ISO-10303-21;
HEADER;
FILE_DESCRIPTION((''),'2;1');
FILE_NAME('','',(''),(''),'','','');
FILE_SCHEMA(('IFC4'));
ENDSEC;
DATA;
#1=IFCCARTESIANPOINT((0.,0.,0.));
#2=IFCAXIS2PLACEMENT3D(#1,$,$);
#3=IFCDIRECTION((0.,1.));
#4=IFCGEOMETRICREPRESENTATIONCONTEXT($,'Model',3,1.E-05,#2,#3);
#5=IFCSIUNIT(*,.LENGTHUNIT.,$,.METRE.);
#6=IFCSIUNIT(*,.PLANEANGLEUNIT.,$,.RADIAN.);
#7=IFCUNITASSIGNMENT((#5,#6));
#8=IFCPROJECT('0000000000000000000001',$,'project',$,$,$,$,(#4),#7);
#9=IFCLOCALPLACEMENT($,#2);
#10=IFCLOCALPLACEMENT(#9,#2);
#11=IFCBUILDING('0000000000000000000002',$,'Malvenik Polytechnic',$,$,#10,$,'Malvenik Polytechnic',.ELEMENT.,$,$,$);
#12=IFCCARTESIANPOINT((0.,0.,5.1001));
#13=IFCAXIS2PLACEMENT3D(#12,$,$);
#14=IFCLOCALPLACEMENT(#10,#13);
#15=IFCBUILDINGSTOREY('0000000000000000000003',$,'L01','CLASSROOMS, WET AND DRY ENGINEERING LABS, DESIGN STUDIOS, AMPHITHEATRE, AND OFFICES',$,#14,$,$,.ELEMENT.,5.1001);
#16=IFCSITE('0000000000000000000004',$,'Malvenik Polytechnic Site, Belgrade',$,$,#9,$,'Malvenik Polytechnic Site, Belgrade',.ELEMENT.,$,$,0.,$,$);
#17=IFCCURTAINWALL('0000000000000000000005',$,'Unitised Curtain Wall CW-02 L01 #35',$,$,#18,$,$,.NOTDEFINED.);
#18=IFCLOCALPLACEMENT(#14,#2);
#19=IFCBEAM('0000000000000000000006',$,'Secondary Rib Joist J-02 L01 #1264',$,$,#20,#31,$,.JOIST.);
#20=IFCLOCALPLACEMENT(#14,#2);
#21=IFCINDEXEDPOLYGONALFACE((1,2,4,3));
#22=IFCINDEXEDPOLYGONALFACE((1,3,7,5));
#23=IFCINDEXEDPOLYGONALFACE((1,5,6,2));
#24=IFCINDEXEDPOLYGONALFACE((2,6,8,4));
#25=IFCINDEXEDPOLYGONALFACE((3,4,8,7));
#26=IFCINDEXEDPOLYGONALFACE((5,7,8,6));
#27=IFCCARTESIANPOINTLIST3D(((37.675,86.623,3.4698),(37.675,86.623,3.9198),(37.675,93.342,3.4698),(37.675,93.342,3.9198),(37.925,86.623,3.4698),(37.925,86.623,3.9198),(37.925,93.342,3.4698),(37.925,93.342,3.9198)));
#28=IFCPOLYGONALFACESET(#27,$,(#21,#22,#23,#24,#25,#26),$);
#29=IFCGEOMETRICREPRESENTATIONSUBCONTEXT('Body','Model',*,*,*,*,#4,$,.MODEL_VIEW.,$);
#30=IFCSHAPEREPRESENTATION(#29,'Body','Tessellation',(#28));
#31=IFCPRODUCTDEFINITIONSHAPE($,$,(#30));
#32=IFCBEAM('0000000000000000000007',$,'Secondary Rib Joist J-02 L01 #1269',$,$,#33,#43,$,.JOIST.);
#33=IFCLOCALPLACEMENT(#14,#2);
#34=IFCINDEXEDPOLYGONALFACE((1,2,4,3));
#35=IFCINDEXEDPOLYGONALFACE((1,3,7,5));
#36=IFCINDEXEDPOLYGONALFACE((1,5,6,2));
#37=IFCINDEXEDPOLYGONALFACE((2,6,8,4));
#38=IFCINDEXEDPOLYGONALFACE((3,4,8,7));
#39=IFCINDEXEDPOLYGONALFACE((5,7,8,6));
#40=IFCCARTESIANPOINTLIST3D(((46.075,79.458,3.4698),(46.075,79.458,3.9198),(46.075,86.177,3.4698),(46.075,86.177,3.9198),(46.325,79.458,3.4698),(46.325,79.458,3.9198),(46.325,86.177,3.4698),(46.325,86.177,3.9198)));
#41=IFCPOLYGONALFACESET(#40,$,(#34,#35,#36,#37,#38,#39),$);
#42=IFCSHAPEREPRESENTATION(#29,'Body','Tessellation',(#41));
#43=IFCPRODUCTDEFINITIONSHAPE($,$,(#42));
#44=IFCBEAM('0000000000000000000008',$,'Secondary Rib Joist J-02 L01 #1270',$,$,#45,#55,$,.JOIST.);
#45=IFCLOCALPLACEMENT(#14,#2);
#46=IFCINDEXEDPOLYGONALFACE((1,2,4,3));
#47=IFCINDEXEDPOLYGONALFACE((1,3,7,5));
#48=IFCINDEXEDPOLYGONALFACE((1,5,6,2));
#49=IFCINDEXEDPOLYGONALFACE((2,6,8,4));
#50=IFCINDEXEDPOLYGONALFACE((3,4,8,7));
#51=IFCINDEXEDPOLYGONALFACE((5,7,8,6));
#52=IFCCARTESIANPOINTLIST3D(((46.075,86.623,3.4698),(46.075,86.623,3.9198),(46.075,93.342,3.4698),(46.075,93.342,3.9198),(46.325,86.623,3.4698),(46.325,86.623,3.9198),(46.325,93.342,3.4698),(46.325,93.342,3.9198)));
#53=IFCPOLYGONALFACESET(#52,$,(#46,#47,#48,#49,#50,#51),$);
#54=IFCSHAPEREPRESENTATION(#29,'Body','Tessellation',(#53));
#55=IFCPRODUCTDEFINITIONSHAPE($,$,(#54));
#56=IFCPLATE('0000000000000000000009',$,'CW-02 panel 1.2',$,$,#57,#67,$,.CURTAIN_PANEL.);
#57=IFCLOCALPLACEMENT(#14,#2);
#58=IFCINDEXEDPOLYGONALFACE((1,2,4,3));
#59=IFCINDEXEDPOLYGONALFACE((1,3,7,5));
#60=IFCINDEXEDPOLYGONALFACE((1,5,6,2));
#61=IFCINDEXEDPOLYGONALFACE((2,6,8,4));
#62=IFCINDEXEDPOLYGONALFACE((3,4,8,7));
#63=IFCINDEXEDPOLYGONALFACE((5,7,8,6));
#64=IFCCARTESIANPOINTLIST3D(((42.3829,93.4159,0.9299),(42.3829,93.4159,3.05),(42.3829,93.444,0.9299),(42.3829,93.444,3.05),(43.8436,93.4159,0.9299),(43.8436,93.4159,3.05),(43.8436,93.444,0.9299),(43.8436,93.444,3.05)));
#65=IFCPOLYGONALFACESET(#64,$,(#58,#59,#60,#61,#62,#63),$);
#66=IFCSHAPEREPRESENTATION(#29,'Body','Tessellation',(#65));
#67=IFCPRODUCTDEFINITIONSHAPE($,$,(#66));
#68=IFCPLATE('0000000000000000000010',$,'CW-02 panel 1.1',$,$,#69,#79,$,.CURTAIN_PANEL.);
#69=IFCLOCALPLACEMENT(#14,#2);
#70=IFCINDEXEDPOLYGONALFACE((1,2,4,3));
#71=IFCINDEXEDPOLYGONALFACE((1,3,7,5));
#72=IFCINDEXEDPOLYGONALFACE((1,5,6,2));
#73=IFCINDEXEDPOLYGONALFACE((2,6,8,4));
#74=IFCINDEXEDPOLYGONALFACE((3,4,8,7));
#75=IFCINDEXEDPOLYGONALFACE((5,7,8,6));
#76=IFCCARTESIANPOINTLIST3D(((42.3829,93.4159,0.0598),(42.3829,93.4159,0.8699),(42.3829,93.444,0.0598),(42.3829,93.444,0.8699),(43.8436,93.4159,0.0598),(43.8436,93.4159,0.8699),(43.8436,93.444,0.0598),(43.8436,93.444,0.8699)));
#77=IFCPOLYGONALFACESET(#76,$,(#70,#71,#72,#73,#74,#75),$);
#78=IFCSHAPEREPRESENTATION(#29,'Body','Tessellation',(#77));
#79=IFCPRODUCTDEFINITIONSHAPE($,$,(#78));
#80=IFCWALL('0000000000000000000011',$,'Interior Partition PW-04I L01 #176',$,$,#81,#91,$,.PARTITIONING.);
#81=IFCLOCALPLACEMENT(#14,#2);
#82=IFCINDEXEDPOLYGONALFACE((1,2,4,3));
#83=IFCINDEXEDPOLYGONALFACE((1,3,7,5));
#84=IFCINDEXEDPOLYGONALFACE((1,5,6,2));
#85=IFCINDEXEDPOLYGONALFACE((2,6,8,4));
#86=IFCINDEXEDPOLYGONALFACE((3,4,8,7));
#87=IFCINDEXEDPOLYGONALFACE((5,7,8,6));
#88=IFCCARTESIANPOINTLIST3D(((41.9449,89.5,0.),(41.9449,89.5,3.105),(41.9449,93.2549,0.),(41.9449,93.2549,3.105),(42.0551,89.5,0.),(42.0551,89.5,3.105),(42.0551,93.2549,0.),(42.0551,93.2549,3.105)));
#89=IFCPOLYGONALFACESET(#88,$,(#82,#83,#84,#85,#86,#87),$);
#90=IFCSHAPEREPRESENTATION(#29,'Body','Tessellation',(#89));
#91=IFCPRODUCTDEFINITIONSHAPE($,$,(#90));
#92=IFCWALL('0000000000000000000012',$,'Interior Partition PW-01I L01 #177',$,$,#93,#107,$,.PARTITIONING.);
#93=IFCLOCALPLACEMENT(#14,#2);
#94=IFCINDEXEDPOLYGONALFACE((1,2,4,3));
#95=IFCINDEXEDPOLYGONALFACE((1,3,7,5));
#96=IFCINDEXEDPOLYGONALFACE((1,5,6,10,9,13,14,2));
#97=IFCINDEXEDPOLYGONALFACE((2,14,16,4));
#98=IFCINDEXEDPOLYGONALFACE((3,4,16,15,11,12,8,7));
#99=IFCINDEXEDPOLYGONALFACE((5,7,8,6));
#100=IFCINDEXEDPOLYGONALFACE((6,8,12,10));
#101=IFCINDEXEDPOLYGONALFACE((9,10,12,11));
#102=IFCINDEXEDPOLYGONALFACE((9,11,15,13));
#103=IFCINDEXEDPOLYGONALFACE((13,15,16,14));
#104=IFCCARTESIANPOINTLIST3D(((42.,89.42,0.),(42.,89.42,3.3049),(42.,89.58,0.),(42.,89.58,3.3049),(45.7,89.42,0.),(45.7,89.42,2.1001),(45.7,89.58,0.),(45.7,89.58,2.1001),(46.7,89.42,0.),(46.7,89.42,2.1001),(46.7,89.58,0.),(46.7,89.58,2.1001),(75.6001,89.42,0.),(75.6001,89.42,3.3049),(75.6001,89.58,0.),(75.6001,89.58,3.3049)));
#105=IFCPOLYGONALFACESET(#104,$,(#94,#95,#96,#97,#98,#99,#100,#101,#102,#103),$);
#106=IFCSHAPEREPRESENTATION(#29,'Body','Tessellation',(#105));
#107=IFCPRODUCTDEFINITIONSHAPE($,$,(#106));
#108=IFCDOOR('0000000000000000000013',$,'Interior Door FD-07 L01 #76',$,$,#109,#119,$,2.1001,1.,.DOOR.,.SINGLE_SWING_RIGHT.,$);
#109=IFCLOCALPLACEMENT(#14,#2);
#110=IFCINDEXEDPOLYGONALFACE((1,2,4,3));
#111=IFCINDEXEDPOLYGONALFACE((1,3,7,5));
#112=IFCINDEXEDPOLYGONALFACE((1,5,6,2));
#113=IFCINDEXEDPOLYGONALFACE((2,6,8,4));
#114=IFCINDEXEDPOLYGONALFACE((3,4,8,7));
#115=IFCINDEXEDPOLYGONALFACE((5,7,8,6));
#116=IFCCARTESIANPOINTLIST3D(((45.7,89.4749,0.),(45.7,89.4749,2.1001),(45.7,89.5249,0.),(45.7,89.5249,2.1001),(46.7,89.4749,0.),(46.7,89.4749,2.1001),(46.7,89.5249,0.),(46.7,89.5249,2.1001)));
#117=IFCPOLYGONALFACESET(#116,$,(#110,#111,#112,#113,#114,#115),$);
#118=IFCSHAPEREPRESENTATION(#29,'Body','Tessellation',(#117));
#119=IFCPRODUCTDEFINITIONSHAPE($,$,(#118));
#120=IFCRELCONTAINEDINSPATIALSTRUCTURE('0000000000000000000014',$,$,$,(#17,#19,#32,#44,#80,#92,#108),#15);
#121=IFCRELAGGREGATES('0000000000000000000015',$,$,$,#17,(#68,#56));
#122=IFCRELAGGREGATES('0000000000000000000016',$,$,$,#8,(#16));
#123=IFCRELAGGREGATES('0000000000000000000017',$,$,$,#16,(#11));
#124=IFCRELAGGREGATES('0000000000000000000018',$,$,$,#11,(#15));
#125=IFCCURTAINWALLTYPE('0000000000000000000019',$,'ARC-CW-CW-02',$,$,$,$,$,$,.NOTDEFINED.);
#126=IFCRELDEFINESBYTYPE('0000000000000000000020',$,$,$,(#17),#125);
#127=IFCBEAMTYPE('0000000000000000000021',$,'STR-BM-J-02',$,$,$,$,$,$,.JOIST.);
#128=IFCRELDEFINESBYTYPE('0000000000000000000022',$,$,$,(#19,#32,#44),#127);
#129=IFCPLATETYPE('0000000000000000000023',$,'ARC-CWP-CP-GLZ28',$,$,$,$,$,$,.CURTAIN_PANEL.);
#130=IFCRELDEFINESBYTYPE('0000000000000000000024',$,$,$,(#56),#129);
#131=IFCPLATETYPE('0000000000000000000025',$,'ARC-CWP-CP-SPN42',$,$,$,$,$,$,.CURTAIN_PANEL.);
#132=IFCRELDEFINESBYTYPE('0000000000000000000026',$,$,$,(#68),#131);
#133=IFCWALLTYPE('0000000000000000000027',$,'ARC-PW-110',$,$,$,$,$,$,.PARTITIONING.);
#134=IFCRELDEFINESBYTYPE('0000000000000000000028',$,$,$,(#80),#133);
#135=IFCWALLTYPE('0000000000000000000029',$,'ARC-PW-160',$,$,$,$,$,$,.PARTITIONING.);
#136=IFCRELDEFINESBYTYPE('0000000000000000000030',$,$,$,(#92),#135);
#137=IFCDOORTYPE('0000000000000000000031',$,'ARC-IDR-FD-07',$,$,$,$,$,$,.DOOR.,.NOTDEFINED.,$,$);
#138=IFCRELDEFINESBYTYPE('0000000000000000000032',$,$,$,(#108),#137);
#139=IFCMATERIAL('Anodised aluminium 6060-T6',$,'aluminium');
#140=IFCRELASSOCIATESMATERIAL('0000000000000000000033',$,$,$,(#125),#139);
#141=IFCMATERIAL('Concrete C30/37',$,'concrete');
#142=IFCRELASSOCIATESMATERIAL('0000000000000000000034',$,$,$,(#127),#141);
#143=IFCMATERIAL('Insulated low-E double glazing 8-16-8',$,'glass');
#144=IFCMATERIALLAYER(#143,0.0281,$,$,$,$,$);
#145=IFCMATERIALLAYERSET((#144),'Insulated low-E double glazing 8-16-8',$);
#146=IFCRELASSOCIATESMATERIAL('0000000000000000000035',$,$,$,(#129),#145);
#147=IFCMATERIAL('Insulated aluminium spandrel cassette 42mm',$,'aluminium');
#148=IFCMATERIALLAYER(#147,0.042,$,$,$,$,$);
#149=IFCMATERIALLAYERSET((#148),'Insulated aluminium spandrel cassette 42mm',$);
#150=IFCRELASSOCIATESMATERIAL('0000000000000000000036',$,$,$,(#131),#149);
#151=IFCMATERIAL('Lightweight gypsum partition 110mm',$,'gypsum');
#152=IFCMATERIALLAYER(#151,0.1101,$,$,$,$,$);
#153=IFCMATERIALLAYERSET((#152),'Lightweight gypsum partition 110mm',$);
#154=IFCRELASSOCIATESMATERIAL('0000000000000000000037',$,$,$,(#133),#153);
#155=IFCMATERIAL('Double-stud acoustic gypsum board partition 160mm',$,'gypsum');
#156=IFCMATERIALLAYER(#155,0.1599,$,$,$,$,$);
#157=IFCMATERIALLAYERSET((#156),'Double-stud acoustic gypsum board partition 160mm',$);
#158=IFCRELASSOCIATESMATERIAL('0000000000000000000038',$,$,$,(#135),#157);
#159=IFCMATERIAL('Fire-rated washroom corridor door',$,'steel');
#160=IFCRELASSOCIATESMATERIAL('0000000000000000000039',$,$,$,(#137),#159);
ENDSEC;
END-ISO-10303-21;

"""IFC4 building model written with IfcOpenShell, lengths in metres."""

from ifc_helpers import new_model, si_unit, direction, frame, frame_2d, origin, origin_2d, place, context, subcontext, project, spatial, rectangle, extrude, material, layer, layer_set, material_profile, profile_set, type_object, element, fill, aggregate, save


model = new_model("IFC4")

# Units and contexts
model_context = context("Model", 3, precision=1e-05, world=origin(), true_north=direction((0.0, 1.0)))
body_context = subcontext(model_context, "Body", "Model", "MODEL_VIEW")
ifc_project = project(units=[si_unit("LENGTHUNIT", "METRE"), si_unit("PLANEANGLEUNIT", "RADIAN")], contexts=[model_context])

# Site, building, storey
site_placement = place(None, origin())
site = spatial("IfcSite", under=ifc_project, at=site_placement, Name="Malvenik Polytechnic Site, Belgrade", LongName="Malvenik Polytechnic Site, Belgrade", CompositionType="ELEMENT", RefElevation=0.0)
building_placement = place(site_placement, origin())
building = spatial("IfcBuilding", under=site, at=building_placement, Name="Malvenik Polytechnic", LongName="Malvenik Polytechnic", CompositionType="ELEMENT")
storey_placement = place(building_placement, frame((0.0, 0.0, 5.1001)))
storey = spatial("IfcBuildingStorey", under=building, at=storey_placement, Name="L01", Description="CLASSROOMS, WET AND DRY ENGINEERING LABS, DESIGN STUDIOS, AMPHITHEATRE, AND OFFICES", CompositionType="ELEMENT", Elevation=5.1001)

# Curtain wall
ifc_material_1 = material(Name="Anodised aluminium 6060-T6", Category="aluminium")
curtain_wall_type = type_object("IfcCurtainWallType", Name="ARC-CW-CW-02", PredefinedType="NOTDEFINED", material=ifc_material_1)
curtain_wall_1_placement = place(storey_placement, origin())
curtain_wall_1 = element("IfcCurtainWall", 1, at=curtain_wall_1_placement, inside=storey, type_object=curtain_wall_type, Name="Unitised Curtain Wall CW-02 L01 #35", PredefinedType="NOTDEFINED")

# Beams
ifc_material_2 = material(Name="Concrete C30/37", Category="concrete")
ifc_material_profile_1 = material_profile(ifc_material_2, rectangle(XDim=0.25, YDim=0.45, at=origin_2d()), Name="RC JST 250x450")
ifc_profile_set_1 = profile_set([ifc_material_profile_1], Name="Concrete C30/37")
beam_type_1 = type_object("IfcBeamType", Name="STR-BM-J-02", PredefinedType="JOIST", material=ifc_profile_set_1)
for number, where, z_axis, x_axis, name in (
    (2, (37.8, 86.623, 3.6948), (0.0, 1.0, 0.0), (-1.0, 0.0, 0.0), "Secondary Rib Joist J-02 L01 #1264"),
    (3, (46.2, 79.458, 3.6948), (0.0, 1.0, 0.0), (-1.0, 0.0, 0.0), "Secondary Rib Joist J-02 L01 #1269"),
    (4, (46.2, 86.623, 3.6948), (0.0, 1.0, 0.0), (-1.0, 0.0, 0.0), "Secondary Rib Joist J-02 L01 #1270"),
):
    element("IfcBeam", number, at=place(storey_placement, frame(where, z_axis=z_axis, x_axis=x_axis)), inside=storey, type_object=beam_type_1, Name=name, PredefinedType="JOIST", context=body_context, shape_type="SweptSolid", body=[
        extrude(rectangle(XDim=0.25, YDim=0.45, at=origin_2d()), origin(), (0.0, 0.0, 1.0), 6.719),
    ])

# Plates
ifc_material_3 = material(Name="Insulated low-E double glazing 8-16-8", Category="glass")
ifc_layer_1 = layer(ifc_material_3, 0.0281)
ifc_layer_set_1 = layer_set([ifc_layer_1], Name="Insulated low-E double glazing 8-16-8")
plate_type_1 = type_object("IfcPlateType", Name="ARC-CWP-CP-GLZ28", PredefinedType="CURTAIN_PANEL", material=ifc_layer_set_1)
plate_1_placement = place(storey_placement, frame((43.1133, 93.4299, 0.9299), z_axis=(0.0, 0.0, 1.0), x_axis=(1.0, 0.0, 0.0)))
plate_1 = element("IfcPlate", 5, at=plate_1_placement, type_object=plate_type_1, Name="CW-02 panel 1.2", PredefinedType="CURTAIN_PANEL", context=body_context, shape_type="SweptSolid", body=[
    extrude(rectangle(XDim=1.4607, YDim=0.0281, at=origin_2d()), origin(), (0.0, 0.0, 1.0), 2.1201),
])
ifc_material_4 = material(Name="Insulated aluminium spandrel cassette 42mm", Category="aluminium")
ifc_layer_2 = layer(ifc_material_4, 0.042)
ifc_layer_set_2 = layer_set([ifc_layer_2], Name="Insulated aluminium spandrel cassette 42mm")
plate_type_2 = type_object("IfcPlateType", Name="ARC-CWP-CP-SPN42", PredefinedType="CURTAIN_PANEL", material=ifc_layer_set_2)
plate_2_placement = place(storey_placement, frame((43.1133, 93.4299, 0.0598), z_axis=(0.0, 0.0, 1.0), x_axis=(1.0, 0.0, 0.0)))
plate_2 = element("IfcPlate", 6, at=plate_2_placement, type_object=plate_type_2, Name="CW-02 panel 1.1", PredefinedType="CURTAIN_PANEL", context=body_context, shape_type="SweptSolid", body=[
    extrude(rectangle(XDim=1.4607, YDim=0.0281, at=origin_2d()), origin(), (0.0, 0.0, 1.0), 0.8101),
])
aggregate(curtain_wall_1, [plate_2, plate_1])

# Wall
ifc_material_5 = material(Name="Lightweight gypsum partition 110mm", Category="gypsum")
ifc_layer_3 = layer(ifc_material_5, 0.1101)
ifc_layer_set_3 = layer_set([ifc_layer_3], Name="Lightweight gypsum partition 110mm")
wall_type_1 = type_object("IfcWallType", Name="ARC-PW-110", PredefinedType="PARTITIONING", material=ifc_layer_set_3)
wall_1_placement = place(storey_placement, frame((42.0, 89.5, 0.0), z_axis=(0.0, 0.0, 1.0), x_axis=(0.0, 1.0, 0.0)))
element("IfcWall", 7, at=wall_1_placement, inside=storey, type_object=wall_type_1, Name="Interior Partition PW-04I L01 #176", PredefinedType="PARTITIONING", context=body_context, shape_type="SweptSolid", body=[
    extrude(rectangle(XDim=3.7549, YDim=0.1101, at=frame_2d((1.8774, 0.0))), origin(), (0.0, 0.0, 1.0), 3.105),
])

# Wall, opening, door
ifc_material_6 = material(Name="Double-stud acoustic gypsum board partition 160mm", Category="gypsum")
ifc_layer_4 = layer(ifc_material_6, 0.1599)
ifc_layer_set_4 = layer_set([ifc_layer_4], Name="Double-stud acoustic gypsum board partition 160mm")
wall_type_2 = type_object("IfcWallType", Name="ARC-PW-160", PredefinedType="PARTITIONING", material=ifc_layer_set_4)
wall_2_placement = place(storey_placement, frame((42.0, 89.5, 0.0), z_axis=(0.0, 0.0, 1.0), x_axis=(1.0, 0.0, 0.0)))
wall_2 = element("IfcWall", 8, at=wall_2_placement, inside=storey, type_object=wall_type_2, Name="Interior Partition PW-01I L01 #177", PredefinedType="PARTITIONING", context=body_context, shape_type="SweptSolid", body=[
    extrude(rectangle(XDim=33.6001, YDim=0.1599, at=frame_2d((16.8, 0.0))), origin(), (0.0, 0.0, 1.0), 3.3049),
])
opening_placement = place(wall_2_placement, frame((3.7, 0.0, 0.0)))
opening = element("IfcOpeningElement", 9, at=opening_placement, cuts=wall_2, PredefinedType="OPENING", context=body_context, shape_type="SweptSolid", body=[
    extrude(rectangle(XDim=1.0, YDim=2.1001, at=frame_2d((0.5, 1.05))), frame((0.0, 0.0898, 0.0), z_axis=(0.0, -1.0, 0.0), x_axis=(1.0, 0.0, 0.0)), (0.0, 0.0, 1.0), 0.1799),
])
ifc_material_7 = material(Name="Fire-rated washroom corridor door", Category="steel")
door_type = type_object("IfcDoorType", Name="ARC-IDR-FD-07", OperationType="NOTDEFINED", PredefinedType="DOOR", material=ifc_material_7)
door_placement = place(opening_placement, origin())
door = element("IfcDoor", 10, at=door_placement, inside=storey, type_object=door_type, Name="Interior Door FD-07 L01 #76", OperationType="SINGLE_SWING_RIGHT", OverallHeight=2.1001, OverallWidth=1.0, PredefinedType="DOOR", context=body_context, shape_type="SweptSolid", body=[
    extrude(rectangle(XDim=1.0, YDim=2.1001, at=frame_2d((0.5, 1.05))), frame((0.0, 0.0249, 0.0), z_axis=(0.0, -1.0, 0.0), x_axis=(1.0, 0.0, 0.0)), (0.0, 0.0, 1.0), 0.05),
])
fill(opening, door)

save(model, "model.ifc")
